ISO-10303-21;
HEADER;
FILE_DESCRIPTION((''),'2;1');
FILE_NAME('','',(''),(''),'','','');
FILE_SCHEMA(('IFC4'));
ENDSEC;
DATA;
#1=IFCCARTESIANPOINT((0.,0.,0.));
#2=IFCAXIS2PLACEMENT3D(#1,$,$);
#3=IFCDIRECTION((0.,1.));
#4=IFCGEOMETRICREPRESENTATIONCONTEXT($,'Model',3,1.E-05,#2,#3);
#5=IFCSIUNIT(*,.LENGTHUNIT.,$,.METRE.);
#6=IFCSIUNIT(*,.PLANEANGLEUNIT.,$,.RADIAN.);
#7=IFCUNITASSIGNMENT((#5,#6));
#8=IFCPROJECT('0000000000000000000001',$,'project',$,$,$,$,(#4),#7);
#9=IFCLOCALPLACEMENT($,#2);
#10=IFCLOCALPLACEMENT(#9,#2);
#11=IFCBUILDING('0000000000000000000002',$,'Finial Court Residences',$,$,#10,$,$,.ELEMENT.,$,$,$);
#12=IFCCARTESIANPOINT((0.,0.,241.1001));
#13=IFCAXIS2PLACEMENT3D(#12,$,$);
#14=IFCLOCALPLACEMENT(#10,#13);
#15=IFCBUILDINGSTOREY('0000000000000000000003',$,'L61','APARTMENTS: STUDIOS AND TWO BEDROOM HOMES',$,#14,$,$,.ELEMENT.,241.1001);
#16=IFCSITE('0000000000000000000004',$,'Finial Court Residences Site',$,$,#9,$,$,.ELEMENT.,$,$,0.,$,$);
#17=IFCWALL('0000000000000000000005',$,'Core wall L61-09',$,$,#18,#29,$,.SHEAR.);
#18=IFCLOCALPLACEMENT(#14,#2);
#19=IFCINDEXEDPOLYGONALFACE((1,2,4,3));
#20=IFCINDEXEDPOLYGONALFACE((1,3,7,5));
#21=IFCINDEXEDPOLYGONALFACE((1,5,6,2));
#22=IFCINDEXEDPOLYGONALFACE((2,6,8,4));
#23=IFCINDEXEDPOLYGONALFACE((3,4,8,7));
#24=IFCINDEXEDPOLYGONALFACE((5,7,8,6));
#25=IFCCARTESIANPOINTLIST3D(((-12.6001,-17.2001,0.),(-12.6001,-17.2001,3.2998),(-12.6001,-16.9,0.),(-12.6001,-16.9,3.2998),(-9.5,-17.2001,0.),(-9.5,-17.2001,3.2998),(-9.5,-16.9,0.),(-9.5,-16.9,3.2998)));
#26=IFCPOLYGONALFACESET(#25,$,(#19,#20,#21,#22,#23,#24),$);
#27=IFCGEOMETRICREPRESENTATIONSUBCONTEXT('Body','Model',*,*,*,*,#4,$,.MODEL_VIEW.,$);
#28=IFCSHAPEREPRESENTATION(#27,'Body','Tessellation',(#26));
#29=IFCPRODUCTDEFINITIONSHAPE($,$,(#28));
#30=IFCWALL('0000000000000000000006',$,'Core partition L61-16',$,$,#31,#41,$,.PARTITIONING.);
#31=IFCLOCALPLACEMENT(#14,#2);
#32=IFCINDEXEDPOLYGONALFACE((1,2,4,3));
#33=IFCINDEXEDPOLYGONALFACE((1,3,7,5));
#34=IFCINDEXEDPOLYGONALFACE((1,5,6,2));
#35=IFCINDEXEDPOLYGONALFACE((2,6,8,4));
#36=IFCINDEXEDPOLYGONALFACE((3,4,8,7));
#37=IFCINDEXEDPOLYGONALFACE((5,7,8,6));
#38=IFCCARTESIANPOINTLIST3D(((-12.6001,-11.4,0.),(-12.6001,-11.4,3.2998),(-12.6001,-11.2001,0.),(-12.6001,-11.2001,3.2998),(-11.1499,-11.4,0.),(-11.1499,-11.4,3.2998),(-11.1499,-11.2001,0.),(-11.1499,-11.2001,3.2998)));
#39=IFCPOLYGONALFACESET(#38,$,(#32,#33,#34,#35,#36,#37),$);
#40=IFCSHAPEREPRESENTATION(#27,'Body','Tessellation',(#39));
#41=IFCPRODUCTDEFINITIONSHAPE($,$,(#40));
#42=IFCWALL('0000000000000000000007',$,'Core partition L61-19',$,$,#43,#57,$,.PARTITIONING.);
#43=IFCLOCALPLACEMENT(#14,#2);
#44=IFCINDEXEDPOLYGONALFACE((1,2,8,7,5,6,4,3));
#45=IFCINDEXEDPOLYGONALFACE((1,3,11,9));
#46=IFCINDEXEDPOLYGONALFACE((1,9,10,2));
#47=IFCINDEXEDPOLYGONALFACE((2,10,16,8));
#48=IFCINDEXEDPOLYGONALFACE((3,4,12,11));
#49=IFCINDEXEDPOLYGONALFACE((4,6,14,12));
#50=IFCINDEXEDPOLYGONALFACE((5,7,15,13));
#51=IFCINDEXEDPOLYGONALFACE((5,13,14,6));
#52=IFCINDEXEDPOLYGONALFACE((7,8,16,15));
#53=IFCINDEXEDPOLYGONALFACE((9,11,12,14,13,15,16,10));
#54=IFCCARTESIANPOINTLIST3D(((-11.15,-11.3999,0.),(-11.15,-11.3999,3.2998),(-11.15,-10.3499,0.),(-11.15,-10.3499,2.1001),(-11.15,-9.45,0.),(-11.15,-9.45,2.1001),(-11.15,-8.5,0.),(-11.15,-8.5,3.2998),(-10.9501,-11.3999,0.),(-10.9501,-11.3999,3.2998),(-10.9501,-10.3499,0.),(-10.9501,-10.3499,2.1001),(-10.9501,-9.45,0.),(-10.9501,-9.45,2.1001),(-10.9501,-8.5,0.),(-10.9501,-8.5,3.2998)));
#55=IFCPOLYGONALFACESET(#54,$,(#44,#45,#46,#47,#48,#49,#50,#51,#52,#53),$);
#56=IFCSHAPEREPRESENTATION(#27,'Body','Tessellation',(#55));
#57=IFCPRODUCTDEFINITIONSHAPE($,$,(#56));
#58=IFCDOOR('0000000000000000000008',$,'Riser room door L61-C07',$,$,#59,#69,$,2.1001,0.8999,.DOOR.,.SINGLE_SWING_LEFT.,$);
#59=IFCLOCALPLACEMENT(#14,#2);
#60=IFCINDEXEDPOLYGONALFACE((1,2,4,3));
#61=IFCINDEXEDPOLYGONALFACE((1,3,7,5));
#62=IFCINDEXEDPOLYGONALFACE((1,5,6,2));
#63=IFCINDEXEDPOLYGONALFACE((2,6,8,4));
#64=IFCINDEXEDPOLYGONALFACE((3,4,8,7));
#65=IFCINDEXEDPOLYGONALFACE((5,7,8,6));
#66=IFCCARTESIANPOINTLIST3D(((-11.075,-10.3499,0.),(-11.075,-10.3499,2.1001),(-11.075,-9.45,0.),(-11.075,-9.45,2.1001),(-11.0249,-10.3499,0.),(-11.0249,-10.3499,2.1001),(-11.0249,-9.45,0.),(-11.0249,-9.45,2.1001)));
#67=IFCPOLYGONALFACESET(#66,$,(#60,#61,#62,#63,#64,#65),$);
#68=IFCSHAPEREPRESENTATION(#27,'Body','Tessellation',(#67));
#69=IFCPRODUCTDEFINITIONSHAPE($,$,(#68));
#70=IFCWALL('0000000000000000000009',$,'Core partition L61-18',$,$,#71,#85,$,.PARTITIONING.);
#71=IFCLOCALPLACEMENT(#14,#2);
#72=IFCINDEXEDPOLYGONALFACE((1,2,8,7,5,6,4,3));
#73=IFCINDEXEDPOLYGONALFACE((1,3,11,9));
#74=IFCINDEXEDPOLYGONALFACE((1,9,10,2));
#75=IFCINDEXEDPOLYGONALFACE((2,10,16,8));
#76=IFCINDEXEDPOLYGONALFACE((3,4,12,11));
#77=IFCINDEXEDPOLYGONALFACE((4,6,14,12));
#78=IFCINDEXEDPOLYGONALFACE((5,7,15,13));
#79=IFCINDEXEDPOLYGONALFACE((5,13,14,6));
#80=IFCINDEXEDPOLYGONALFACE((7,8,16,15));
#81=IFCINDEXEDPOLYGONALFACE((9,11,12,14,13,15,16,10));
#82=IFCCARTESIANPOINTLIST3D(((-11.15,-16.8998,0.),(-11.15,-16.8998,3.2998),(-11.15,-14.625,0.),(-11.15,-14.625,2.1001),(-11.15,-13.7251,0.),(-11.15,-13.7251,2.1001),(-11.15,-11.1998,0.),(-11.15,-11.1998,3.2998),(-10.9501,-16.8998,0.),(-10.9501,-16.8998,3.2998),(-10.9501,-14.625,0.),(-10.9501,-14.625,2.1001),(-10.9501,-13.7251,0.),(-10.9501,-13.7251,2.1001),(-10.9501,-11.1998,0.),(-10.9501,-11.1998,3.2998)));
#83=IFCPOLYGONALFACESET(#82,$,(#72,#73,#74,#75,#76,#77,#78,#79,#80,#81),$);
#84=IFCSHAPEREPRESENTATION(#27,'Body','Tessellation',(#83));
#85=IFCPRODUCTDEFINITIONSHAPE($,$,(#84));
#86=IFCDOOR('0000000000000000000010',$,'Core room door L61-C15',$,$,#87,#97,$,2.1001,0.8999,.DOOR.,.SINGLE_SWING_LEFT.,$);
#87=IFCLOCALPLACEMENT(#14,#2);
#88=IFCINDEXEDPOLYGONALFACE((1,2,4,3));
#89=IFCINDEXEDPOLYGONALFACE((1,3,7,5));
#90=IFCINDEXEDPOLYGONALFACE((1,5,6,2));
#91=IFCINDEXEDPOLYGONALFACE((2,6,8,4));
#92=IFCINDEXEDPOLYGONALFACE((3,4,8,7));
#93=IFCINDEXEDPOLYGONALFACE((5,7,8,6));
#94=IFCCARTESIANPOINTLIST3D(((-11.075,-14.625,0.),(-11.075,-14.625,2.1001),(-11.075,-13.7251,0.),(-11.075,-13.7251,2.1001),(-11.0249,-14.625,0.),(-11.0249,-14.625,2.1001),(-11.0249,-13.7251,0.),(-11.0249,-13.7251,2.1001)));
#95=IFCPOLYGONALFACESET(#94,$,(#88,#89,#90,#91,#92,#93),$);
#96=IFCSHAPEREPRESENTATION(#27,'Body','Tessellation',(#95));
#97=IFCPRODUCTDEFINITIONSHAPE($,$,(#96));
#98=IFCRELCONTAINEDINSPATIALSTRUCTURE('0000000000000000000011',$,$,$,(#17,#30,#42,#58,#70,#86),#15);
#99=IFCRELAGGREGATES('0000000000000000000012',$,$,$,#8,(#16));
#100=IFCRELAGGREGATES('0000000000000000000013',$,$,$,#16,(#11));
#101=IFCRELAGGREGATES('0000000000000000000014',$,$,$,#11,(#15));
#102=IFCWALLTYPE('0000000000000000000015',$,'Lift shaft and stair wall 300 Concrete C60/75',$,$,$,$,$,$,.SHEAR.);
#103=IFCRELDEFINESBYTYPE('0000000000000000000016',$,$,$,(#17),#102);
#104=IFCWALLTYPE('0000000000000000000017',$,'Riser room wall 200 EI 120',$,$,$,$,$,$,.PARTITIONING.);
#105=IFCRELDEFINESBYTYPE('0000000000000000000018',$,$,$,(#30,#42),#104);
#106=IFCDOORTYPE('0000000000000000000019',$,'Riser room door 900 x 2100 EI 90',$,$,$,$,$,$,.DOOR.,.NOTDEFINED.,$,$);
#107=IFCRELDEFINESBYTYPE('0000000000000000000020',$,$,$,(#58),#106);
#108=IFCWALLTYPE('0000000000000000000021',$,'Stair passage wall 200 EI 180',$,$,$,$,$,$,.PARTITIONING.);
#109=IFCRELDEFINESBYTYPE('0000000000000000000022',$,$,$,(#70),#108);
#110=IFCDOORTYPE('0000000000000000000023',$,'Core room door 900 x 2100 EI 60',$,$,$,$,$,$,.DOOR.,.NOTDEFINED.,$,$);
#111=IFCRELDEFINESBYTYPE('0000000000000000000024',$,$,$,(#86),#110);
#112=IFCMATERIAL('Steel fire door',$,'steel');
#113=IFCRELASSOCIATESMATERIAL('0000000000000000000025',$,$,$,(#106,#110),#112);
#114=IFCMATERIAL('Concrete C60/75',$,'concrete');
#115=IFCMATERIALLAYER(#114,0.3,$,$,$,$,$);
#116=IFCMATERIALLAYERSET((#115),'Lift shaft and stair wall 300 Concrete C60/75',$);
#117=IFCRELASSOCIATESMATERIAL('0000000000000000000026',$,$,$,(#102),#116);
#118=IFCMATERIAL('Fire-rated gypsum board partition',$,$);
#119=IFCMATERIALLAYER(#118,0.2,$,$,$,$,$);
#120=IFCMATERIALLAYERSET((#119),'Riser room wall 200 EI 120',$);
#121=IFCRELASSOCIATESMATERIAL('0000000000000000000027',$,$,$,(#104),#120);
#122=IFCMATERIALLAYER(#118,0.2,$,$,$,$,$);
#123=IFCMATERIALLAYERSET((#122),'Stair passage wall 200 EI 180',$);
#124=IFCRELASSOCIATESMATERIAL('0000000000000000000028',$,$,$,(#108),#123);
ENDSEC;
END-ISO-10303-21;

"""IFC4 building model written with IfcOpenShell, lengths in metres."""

from ifc_helpers import new_model, si_unit, direction, frame, frame_2d, origin, place, context, subcontext, project, spatial, rectangle, extrude, material, layer, layer_set, type_object, element, fill, save


model = new_model("IFC4")

# Units and contexts
model_context = context("Model", 3, precision=1e-05, world=origin(), true_north=direction((0.0, 1.0)))
body_context = subcontext(model_context, "Body", "Model", "MODEL_VIEW")
ifc_project = project(units=[si_unit("LENGTHUNIT", "METRE"), si_unit("PLANEANGLEUNIT", "RADIAN")], contexts=[model_context])

# Site, building, storey
site_placement = place(None, origin())
site = spatial("IfcSite", under=ifc_project, at=site_placement, Name="Finial Court Residences Site", CompositionType="ELEMENT", RefElevation=0.0)
building_placement = place(site_placement, origin())
building = spatial("IfcBuilding", under=site, at=building_placement, Name="Finial Court Residences", CompositionType="ELEMENT")
storey_placement = place(building_placement, frame((0.0, 0.0, 241.1001)))
storey = spatial("IfcBuildingStorey", under=building, at=storey_placement, Name="L61", Description="APARTMENTS: STUDIOS AND TWO BEDROOM HOMES", CompositionType="ELEMENT", Elevation=241.1001)

# Shared definitions
ifc_material_1 = material(Name="Concrete C60/75", Category="concrete")
ifc_material_2 = material(Name="Steel fire door", Category="steel")
door_type_1 = type_object("IfcDoorType", Name="Riser room door 900 x 2100 EI 90", OperationType="NOTDEFINED", PredefinedType="DOOR", material=ifc_material_2)

# Walls
ifc_layer_1 = layer(ifc_material_1, 0.3)
ifc_layer_set_1 = layer_set([ifc_layer_1], Name="Lift shaft and stair wall 300 Concrete C60/75")
wall_type_1 = type_object("IfcWallType", Name="Lift shaft and stair wall 300 Concrete C60/75", PredefinedType="SHEAR", material=ifc_layer_set_1)
wall_1_placement = place(storey_placement, frame((-12.6001, -17.05, 0.0), z_axis=(0.0, 0.0, 1.0), x_axis=(1.0, 0.0, 0.0)))
element("IfcWall", 1, at=wall_1_placement, inside=storey, type_object=wall_type_1, Name="Core wall L61-09", PredefinedType="SHEAR", context=body_context, shape_type="SweptSolid", body=[
    extrude(rectangle(XDim=3.1001, YDim=0.3, at=frame_2d((1.55, 0.0))), origin(), (0.0, 0.0, 1.0), 3.2998),
])
ifc_material_3 = material(Name="Fire-rated gypsum board partition")
ifc_layer_2 = layer(ifc_material_3, 0.2)
ifc_layer_set_2 = layer_set([ifc_layer_2], Name="Riser room wall 200 EI 120")
wall_type_2 = type_object("IfcWallType", Name="Riser room wall 200 EI 120", PredefinedType="PARTITIONING", material=ifc_layer_set_2)
wall_2_placement = place(storey_placement, frame((-12.6001, -11.3, 0.0), z_axis=(0.0, 0.0, 1.0), x_axis=(1.0, 0.0, 0.0)))
element("IfcWall", 2, at=wall_2_placement, inside=storey, type_object=wall_type_2, Name="Core partition L61-16", PredefinedType="PARTITIONING", context=body_context, shape_type="SweptSolid", body=[
    extrude(rectangle(XDim=1.4502, YDim=0.2, at=frame_2d((0.7251, 0.0))), origin(), (0.0, 0.0, 1.0), 3.2998),
])

# Walls, openings, doors
wall_3_placement = place(storey_placement, frame((-11.05, -11.3999, 0.0), z_axis=(0.0, 0.0, 1.0), x_axis=(0.0, 1.0, 0.0)))
wall_3 = element("IfcWall", 3, at=wall_3_placement, inside=storey, type_object=wall_type_2, Name="Core partition L61-19", PredefinedType="PARTITIONING", context=body_context, shape_type="SweptSolid", body=[
    extrude(rectangle(XDim=2.8999, YDim=0.2, at=frame_2d((1.45, 0.0))), origin(), (0.0, 0.0, 1.0), 3.2998),
])
opening_1_placement = place(wall_3_placement, frame((1.05, 0.0, 0.0)))
opening_1 = element("IfcOpeningElement", 4, at=opening_1_placement, cuts=wall_3, PredefinedType="OPENING", context=body_context, shape_type="SweptSolid", body=[
    extrude(rectangle(XDim=0.8999, YDim=2.1001, at=frame_2d((0.45, 1.05))), frame((0.0, 0.1099, 0.0), z_axis=(0.0, -1.0, 0.0), x_axis=(1.0, 0.0, 0.0)), (0.0, 0.0, 1.0), 0.22),
])
door_1_placement = place(opening_1_placement, origin())
door_1 = element("IfcDoor", 5, at=door_1_placement, inside=storey, type_object=door_type_1, Name="Riser room door L61-C07", OperationType="SINGLE_SWING_LEFT", OverallHeight=2.1001, OverallWidth=0.8999, PredefinedType="DOOR", context=body_context, shape_type="SweptSolid", body=[
    extrude(rectangle(XDim=0.8999, YDim=2.1001, at=frame_2d((0.45, 1.05))), frame((0.0, 0.0249, 0.0), z_axis=(0.0, -1.0, 0.0), x_axis=(1.0, 0.0, 0.0)), (0.0, 0.0, 1.0), 0.05),
])
fill(opening_1, door_1)
ifc_layer_3 = layer(ifc_material_3, 0.2)
ifc_layer_set_3 = layer_set([ifc_layer_3], Name="Stair passage wall 200 EI 180")
wall_type_3 = type_object("IfcWallType", Name="Stair passage wall 200 EI 180", PredefinedType="PARTITIONING", material=ifc_layer_set_3)
wall_4_placement = place(storey_placement, frame((-11.05, -16.8999, 0.0), z_axis=(0.0, 0.0, 1.0), x_axis=(0.0, 1.0, 0.0)))
wall_4 = element("IfcWall", 6, at=wall_4_placement, inside=storey, type_object=wall_type_3, Name="Core partition L61-18", PredefinedType="PARTITIONING", context=body_context, shape_type="SweptSolid", body=[
    extrude(rectangle(XDim=5.7, YDim=0.2, at=frame_2d((2.8501, 0.0))), origin(), (0.0, 0.0, 1.0), 3.2998),
])
opening_2_placement = place(wall_4_placement, frame((2.2749, 0.0, 0.0)))
opening_2 = element("IfcOpeningElement", 7, at=opening_2_placement, cuts=wall_4, PredefinedType="OPENING", context=body_context, shape_type="SweptSolid", body=[
    extrude(rectangle(XDim=0.8999, YDim=2.1001, at=frame_2d((0.45, 1.05))), frame((0.0, 0.1099, 0.0), z_axis=(0.0, -1.0, 0.0), x_axis=(1.0, 0.0, 0.0)), (0.0, 0.0, 1.0), 0.22),
])
door_type_2 = type_object("IfcDoorType", Name="Core room door 900 x 2100 EI 60", OperationType="NOTDEFINED", PredefinedType="DOOR", material=ifc_material_2)
door_2_placement = place(opening_2_placement, origin())
door_2 = element("IfcDoor", 8, at=door_2_placement, inside=storey, type_object=door_type_2, Name="Core room door L61-C15", OperationType="SINGLE_SWING_LEFT", OverallHeight=2.1001, OverallWidth=0.8999, PredefinedType="DOOR", context=body_context, shape_type="SweptSolid", body=[
    extrude(rectangle(XDim=0.8999, YDim=2.1001, at=frame_2d((0.45, 1.05))), frame((0.0, 0.0249, 0.0), z_axis=(0.0, -1.0, 0.0), x_axis=(1.0, 0.0, 0.0)), (0.0, 0.0, 1.0), 0.05),
])
fill(opening_2, door_2)

save(model, "model.ifc")
